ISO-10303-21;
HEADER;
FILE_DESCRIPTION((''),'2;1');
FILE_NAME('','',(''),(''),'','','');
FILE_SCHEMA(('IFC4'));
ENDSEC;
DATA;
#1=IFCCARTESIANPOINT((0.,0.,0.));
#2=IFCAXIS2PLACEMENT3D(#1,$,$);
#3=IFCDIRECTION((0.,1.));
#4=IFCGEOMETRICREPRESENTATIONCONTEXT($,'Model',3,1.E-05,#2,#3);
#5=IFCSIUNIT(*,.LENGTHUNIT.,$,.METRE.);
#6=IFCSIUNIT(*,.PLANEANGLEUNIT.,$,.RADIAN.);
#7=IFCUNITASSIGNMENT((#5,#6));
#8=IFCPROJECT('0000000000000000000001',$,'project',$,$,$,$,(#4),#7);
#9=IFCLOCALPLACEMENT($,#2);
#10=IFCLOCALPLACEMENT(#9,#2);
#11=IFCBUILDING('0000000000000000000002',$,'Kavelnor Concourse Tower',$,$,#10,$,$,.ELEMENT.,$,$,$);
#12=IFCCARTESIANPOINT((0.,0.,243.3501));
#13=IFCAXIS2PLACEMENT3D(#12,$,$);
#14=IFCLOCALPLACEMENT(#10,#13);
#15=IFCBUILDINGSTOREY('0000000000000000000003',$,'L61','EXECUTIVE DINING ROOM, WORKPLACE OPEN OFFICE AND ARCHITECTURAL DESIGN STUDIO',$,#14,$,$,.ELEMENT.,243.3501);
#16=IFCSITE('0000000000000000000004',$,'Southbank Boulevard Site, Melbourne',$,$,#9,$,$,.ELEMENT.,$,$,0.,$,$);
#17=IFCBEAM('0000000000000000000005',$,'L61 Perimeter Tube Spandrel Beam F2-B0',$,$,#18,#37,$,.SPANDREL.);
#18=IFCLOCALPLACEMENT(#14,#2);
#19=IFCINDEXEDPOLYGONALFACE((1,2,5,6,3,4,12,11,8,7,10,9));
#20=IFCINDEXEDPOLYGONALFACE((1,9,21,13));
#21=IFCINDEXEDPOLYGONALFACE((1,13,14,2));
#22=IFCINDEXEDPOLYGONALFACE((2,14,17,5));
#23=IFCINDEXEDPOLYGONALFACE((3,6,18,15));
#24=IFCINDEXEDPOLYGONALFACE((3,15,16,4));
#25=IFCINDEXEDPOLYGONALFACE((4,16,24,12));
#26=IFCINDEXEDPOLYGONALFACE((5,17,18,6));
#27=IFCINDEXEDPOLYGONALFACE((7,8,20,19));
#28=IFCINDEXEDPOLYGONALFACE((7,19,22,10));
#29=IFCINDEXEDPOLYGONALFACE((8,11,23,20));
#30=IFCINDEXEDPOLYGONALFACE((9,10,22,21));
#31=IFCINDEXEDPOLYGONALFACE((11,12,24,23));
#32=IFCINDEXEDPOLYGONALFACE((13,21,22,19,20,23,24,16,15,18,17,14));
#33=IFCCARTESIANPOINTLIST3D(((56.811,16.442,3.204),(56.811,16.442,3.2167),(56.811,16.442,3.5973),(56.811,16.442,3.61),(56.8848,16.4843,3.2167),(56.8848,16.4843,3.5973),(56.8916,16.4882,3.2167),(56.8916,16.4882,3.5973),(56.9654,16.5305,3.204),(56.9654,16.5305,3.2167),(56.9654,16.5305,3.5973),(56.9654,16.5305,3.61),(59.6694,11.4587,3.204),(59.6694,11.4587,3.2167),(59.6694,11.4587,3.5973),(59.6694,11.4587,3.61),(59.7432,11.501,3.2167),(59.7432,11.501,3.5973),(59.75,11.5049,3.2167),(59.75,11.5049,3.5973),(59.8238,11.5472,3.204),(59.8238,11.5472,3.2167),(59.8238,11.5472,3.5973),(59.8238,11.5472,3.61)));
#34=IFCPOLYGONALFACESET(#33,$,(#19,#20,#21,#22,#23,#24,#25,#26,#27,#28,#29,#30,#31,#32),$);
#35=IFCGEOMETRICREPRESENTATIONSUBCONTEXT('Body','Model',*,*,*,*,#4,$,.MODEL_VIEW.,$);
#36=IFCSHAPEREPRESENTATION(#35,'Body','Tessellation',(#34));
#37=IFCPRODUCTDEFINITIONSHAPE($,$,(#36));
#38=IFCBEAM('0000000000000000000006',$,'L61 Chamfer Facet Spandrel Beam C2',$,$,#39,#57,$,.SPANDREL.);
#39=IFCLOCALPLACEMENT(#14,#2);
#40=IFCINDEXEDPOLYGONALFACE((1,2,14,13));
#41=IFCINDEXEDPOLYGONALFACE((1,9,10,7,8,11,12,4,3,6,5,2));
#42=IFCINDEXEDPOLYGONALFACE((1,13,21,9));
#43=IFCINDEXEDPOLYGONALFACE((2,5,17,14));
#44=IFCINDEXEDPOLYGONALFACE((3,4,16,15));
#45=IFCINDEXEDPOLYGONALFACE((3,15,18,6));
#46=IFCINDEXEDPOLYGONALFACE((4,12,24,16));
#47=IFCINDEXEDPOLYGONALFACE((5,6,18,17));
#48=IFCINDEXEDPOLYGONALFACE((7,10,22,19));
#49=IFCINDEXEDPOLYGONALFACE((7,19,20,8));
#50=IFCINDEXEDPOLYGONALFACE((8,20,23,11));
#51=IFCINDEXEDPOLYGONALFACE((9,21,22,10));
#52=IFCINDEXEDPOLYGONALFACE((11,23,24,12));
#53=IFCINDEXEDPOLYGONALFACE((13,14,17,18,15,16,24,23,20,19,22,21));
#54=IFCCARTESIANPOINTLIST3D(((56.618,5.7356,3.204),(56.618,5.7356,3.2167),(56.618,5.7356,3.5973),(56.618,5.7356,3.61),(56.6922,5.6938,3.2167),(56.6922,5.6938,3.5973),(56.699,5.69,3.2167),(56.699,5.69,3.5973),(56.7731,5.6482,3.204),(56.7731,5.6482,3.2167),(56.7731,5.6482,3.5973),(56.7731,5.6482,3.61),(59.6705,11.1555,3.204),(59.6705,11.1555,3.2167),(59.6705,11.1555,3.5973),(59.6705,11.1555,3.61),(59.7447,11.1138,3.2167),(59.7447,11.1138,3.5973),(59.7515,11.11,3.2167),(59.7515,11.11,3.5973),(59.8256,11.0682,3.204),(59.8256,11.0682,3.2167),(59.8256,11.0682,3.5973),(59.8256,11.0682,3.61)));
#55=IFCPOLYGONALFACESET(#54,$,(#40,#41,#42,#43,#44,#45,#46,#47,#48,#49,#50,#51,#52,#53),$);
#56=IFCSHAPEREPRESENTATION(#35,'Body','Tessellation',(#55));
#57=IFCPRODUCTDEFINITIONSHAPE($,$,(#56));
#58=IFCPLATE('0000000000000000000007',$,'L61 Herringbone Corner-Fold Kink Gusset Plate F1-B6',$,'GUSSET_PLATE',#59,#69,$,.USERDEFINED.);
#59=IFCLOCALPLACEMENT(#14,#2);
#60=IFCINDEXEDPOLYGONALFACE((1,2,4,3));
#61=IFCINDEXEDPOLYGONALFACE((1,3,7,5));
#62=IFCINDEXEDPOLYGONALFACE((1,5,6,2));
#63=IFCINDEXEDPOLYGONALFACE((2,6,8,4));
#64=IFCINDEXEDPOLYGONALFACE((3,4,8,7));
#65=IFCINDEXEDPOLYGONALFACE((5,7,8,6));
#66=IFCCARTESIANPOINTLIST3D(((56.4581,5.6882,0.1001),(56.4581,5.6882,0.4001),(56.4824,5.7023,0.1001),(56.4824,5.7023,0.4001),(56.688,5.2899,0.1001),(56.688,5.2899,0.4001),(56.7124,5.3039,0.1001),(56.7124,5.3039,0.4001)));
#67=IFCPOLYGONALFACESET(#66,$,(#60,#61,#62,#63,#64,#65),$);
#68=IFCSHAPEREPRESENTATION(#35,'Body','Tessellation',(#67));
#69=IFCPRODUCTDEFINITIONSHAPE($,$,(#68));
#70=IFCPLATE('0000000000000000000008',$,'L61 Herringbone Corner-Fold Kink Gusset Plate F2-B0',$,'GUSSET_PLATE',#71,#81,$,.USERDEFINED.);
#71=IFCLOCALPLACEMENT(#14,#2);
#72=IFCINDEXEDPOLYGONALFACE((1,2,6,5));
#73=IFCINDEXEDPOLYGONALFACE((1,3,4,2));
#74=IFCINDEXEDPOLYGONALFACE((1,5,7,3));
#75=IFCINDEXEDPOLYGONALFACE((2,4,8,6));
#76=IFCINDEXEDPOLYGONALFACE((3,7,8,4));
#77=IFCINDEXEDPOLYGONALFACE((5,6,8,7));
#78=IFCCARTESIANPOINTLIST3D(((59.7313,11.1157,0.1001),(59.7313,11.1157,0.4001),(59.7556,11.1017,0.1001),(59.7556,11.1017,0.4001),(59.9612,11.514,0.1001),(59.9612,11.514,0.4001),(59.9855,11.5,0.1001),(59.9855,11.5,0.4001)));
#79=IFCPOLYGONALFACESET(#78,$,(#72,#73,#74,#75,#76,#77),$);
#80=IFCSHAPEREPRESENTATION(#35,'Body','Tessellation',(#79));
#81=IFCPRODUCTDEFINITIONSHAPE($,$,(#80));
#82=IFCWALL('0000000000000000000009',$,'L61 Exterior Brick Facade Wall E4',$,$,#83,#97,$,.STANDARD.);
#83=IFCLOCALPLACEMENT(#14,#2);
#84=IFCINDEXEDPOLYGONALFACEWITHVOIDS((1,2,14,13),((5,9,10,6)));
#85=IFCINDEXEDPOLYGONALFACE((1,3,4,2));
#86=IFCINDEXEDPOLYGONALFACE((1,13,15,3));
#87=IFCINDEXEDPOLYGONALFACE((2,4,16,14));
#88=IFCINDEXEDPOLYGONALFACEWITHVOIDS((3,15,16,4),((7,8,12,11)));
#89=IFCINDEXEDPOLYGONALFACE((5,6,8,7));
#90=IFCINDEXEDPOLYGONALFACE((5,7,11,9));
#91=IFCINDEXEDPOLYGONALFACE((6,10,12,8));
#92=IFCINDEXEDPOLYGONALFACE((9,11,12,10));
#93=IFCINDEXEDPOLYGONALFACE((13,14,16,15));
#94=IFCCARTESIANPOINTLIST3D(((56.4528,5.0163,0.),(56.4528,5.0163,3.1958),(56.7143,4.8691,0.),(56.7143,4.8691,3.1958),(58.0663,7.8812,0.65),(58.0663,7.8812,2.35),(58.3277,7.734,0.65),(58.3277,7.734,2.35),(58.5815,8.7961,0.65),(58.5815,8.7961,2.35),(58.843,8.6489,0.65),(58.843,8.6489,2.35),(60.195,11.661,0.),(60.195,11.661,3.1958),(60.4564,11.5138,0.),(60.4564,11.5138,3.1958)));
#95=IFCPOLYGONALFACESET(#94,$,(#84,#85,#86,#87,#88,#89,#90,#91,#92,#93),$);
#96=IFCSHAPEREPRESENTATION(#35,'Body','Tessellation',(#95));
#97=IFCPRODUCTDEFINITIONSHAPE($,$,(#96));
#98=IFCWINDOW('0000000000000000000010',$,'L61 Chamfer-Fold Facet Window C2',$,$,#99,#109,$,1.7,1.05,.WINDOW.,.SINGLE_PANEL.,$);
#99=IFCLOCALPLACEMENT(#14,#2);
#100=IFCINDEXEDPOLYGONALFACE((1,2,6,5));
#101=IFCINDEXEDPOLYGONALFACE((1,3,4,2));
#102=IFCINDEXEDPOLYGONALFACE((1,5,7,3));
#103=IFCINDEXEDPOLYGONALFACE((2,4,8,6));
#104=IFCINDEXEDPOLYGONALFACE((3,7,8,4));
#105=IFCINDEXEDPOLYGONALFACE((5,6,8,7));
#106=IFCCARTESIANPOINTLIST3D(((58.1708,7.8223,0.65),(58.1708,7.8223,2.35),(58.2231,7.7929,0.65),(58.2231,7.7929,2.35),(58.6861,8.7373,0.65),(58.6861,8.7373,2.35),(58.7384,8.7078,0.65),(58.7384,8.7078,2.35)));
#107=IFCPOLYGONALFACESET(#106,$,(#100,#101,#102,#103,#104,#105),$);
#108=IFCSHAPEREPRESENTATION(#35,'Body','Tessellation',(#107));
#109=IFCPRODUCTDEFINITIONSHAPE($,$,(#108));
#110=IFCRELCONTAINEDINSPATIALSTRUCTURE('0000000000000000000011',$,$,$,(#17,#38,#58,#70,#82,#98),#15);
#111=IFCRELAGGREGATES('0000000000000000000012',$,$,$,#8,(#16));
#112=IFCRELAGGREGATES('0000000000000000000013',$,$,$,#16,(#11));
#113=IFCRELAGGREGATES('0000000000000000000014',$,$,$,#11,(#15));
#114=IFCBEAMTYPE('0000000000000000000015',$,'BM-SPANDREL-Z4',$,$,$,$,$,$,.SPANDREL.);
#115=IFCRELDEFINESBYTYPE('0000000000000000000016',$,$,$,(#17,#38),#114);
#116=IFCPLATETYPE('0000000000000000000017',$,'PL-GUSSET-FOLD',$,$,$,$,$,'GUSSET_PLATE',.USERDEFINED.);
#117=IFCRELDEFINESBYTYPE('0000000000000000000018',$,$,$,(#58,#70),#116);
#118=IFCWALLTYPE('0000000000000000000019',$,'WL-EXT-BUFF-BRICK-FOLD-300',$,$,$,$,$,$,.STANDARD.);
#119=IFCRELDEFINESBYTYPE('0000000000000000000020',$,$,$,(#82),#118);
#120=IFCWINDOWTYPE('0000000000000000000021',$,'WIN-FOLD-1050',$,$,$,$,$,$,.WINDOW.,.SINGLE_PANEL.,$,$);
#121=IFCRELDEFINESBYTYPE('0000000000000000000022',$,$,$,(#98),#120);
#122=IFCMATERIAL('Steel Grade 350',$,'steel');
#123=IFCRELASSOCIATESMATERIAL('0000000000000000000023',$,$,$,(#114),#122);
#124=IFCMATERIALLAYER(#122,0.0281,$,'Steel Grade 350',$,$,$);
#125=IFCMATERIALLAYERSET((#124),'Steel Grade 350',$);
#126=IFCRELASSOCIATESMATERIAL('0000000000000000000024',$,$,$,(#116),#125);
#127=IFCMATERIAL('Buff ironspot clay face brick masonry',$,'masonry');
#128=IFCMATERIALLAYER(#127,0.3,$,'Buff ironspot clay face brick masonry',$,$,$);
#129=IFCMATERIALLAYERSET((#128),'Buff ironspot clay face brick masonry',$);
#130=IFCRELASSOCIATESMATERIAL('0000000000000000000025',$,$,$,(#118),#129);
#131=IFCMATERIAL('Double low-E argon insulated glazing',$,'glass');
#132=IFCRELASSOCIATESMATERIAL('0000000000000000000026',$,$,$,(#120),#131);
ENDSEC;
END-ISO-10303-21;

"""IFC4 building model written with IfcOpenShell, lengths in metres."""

from ifc_helpers import new_model, si_unit, direction, frame, frame_2d, origin, origin_2d, place, context, subcontext, project, spatial, rectangle, i_section, extrude, material, layer, layer_set, material_profile, profile_set, type_object, element, fill, save


model = new_model("IFC4")

# Units and contexts
model_context = context("Model", 3, precision=1e-05, world=origin(), true_north=direction((0.0, 1.0)))
body_context = subcontext(model_context, "Body", "Model", "MODEL_VIEW")
ifc_project = project(units=[si_unit("LENGTHUNIT", "METRE"), si_unit("PLANEANGLEUNIT", "RADIAN")], contexts=[model_context])

# Site, building, storey
site_placement = place(None, origin())
site = spatial("IfcSite", under=ifc_project, at=site_placement, Name="Southbank Boulevard Site, Melbourne", CompositionType="ELEMENT", RefElevation=0.0)
building_placement = place(site_placement, origin())
building = spatial("IfcBuilding", under=site, at=building_placement, Name="Kavelnor Concourse Tower", CompositionType="ELEMENT")
storey_placement = place(building_placement, frame((0.0, 0.0, 243.3501)))
storey = spatial("IfcBuildingStorey", under=building, at=storey_placement, Name="L61", Description="EXECUTIVE DINING ROOM, WORKPLACE OPEN OFFICE AND ARCHITECTURAL DESIGN STUDIO", CompositionType="ELEMENT", Elevation=243.3501)

# Shared definitions
ifc_material_1 = material(Name="Steel Grade 350", Category="steel")

# Beams
ifc_material_profile_1 = material_profile(ifc_material_1, i_section(OverallWidth=0.178, OverallDepth=0.406, WebThickness=0.0078, FlangeThickness=0.0127, at=origin_2d()), Name="410UB59")
ifc_profile_set_1 = profile_set([ifc_material_profile_1], Name="Steel Grade 350")
beam_type_1 = type_object("IfcBeamType", Name="BM-SPANDREL-Z4", PredefinedType="SPANDREL", material=ifc_profile_set_1)
beam_1_placement = place(storey_placement, frame((59.7466, 11.5029, 3.407), z_axis=(-0.497548, 0.867437, 0.0), x_axis=(-0.867437, -0.497548, 0.0)))
element("IfcBeam", 1, at=beam_1_placement, inside=storey, type_object=beam_type_1, Name="L61 Perimeter Tube Spandrel Beam F2-B0", PredefinedType="SPANDREL", context=body_context, shape_type="SweptSolid", body=[
    extrude(i_section(OverallWidth=0.178, OverallDepth=0.406, WebThickness=0.0078, FlangeThickness=0.0127, at=origin_2d()), origin(), (0.0, 0.0, 1.0), 5.7449),
])
beam_2_placement = place(storey_placement, frame((56.6956, 5.6919, 3.407), z_axis=(0.490723, 0.871315, 0.0), x_axis=(-0.871315, 0.490723, 0.0)))
element("IfcBeam", 2, at=beam_2_placement, inside=storey, type_object=beam_type_1, Name="L61 Chamfer Facet Spandrel Beam C2", PredefinedType="SPANDREL", context=body_context, shape_type="SweptSolid", body=[
    extrude(i_section(OverallWidth=0.178, OverallDepth=0.406, WebThickness=0.0078, FlangeThickness=0.0127, at=origin_2d()), origin(), (0.0, 0.0, 1.0), 6.2205),
])

# Plates
ifc_layer_1 = layer(ifc_material_1, 0.0281, Name="Steel Grade 350")
ifc_layer_set_1 = layer_set([ifc_layer_1], Name="Steel Grade 350")
plate_type = type_object("IfcPlateType", Name="PL-GUSSET-FOLD", ElementType="GUSSET_PLATE", PredefinedType="USERDEFINED", material=ifc_layer_set_1)
for number, where, z_axis, x_axis, name in (
    (3, (56.5852, 5.4961, 0.1001), (0.0, 0.0, 1.0), (-0.5, 0.866025, 0.0), "L61 Herringbone Corner-Fold Kink Gusset Plate F1-B6"),
    (4, (59.8584, 11.3079, 0.1001), (0.0, 0.0, 1.0), (-0.5, -0.866025, 0.0), "L61 Herringbone Corner-Fold Kink Gusset Plate F2-B0"),
):
    element("IfcPlate", number, at=place(storey_placement, frame(where, z_axis=z_axis, x_axis=x_axis)), inside=storey, type_object=plate_type, Name=name, ObjectType="GUSSET_PLATE", PredefinedType="USERDEFINED", context=body_context, shape_type="SweptSolid", body=[
        extrude(rectangle(XDim=0.46, YDim=0.0281, at=origin_2d()), origin(), (0.0, 0.0, 1.0), 0.3),
    ])

# Wall, opening, window
ifc_material_2 = material(Name="Buff ironspot clay face brick masonry", Category="masonry")
ifc_layer_2 = layer(ifc_material_2, 0.3, Name="Buff ironspot clay face brick masonry")
ifc_layer_set_2 = layer_set([ifc_layer_2], Name="Buff ironspot clay face brick masonry")
wall_type_1 = type_object("IfcWallType", Name="WL-EXT-BUFF-BRICK-FOLD-300", PredefinedType="STANDARD", material=ifc_layer_set_2)
wall_1_placement = place(storey_placement, frame((60.3257, 11.5874, 0.0), z_axis=(0.0, 0.0, 1.0), x_axis=(-0.49071, -0.871323, 0.0)))
wall_1 = element("IfcWall", 5, at=wall_1_placement, inside=storey, type_object=wall_type_1, Name="L61 Exterior Brick Facade Wall E4", PredefinedType="STANDARD", context=body_context, shape_type="SweptSolid", body=[
    extrude(rectangle(XDim=7.626, YDim=0.3, at=frame_2d((3.813, 0.0))), origin(), (0.0, 0.0, 1.0), 3.1958),
])
opening_1_placement = place(wall_1_placement, frame((3.2881, 0.0, 0.6499)))
opening_1 = element("IfcOpeningElement", 6, at=opening_1_placement, cuts=wall_1, PredefinedType="OPENING", context=body_context, shape_type="SweptSolid", body=[
    extrude(rectangle(XDim=1.05, YDim=1.7, at=frame_2d((0.5249, 0.8501))), frame((0.0, 0.1602, 0.0), z_axis=(0.0, -1.0, 0.0), x_axis=(1.0, 0.0, 0.0)), (0.0, 0.0, 1.0), 0.3201),
])
ifc_material_3 = material(Name="Double low-E argon insulated glazing", Category="glass")
window_type_1 = type_object("IfcWindowType", Name="WIN-FOLD-1050", PartitioningType="SINGLE_PANEL", PredefinedType="WINDOW", material=ifc_material_3)
window_1_placement = place(opening_1_placement, origin())
window_1 = element("IfcWindow", 7, at=window_1_placement, inside=storey, type_object=window_type_1, Name="L61 Chamfer-Fold Facet Window C2", OverallHeight=1.7, OverallWidth=1.05, PartitioningType="SINGLE_PANEL", PredefinedType="WINDOW", context=body_context, shape_type="SweptSolid", body=[
    extrude(rectangle(XDim=1.05, YDim=1.7, at=frame_2d((0.5249, 0.8501))), frame((0.0, 0.03, 0.0), z_axis=(0.0, -1.0, 0.0), x_axis=(1.0, 0.0, 0.0)), (0.0, 0.0, 1.0), 0.0601),
])
fill(opening_1, window_1)

save(model, "model.ifc")
